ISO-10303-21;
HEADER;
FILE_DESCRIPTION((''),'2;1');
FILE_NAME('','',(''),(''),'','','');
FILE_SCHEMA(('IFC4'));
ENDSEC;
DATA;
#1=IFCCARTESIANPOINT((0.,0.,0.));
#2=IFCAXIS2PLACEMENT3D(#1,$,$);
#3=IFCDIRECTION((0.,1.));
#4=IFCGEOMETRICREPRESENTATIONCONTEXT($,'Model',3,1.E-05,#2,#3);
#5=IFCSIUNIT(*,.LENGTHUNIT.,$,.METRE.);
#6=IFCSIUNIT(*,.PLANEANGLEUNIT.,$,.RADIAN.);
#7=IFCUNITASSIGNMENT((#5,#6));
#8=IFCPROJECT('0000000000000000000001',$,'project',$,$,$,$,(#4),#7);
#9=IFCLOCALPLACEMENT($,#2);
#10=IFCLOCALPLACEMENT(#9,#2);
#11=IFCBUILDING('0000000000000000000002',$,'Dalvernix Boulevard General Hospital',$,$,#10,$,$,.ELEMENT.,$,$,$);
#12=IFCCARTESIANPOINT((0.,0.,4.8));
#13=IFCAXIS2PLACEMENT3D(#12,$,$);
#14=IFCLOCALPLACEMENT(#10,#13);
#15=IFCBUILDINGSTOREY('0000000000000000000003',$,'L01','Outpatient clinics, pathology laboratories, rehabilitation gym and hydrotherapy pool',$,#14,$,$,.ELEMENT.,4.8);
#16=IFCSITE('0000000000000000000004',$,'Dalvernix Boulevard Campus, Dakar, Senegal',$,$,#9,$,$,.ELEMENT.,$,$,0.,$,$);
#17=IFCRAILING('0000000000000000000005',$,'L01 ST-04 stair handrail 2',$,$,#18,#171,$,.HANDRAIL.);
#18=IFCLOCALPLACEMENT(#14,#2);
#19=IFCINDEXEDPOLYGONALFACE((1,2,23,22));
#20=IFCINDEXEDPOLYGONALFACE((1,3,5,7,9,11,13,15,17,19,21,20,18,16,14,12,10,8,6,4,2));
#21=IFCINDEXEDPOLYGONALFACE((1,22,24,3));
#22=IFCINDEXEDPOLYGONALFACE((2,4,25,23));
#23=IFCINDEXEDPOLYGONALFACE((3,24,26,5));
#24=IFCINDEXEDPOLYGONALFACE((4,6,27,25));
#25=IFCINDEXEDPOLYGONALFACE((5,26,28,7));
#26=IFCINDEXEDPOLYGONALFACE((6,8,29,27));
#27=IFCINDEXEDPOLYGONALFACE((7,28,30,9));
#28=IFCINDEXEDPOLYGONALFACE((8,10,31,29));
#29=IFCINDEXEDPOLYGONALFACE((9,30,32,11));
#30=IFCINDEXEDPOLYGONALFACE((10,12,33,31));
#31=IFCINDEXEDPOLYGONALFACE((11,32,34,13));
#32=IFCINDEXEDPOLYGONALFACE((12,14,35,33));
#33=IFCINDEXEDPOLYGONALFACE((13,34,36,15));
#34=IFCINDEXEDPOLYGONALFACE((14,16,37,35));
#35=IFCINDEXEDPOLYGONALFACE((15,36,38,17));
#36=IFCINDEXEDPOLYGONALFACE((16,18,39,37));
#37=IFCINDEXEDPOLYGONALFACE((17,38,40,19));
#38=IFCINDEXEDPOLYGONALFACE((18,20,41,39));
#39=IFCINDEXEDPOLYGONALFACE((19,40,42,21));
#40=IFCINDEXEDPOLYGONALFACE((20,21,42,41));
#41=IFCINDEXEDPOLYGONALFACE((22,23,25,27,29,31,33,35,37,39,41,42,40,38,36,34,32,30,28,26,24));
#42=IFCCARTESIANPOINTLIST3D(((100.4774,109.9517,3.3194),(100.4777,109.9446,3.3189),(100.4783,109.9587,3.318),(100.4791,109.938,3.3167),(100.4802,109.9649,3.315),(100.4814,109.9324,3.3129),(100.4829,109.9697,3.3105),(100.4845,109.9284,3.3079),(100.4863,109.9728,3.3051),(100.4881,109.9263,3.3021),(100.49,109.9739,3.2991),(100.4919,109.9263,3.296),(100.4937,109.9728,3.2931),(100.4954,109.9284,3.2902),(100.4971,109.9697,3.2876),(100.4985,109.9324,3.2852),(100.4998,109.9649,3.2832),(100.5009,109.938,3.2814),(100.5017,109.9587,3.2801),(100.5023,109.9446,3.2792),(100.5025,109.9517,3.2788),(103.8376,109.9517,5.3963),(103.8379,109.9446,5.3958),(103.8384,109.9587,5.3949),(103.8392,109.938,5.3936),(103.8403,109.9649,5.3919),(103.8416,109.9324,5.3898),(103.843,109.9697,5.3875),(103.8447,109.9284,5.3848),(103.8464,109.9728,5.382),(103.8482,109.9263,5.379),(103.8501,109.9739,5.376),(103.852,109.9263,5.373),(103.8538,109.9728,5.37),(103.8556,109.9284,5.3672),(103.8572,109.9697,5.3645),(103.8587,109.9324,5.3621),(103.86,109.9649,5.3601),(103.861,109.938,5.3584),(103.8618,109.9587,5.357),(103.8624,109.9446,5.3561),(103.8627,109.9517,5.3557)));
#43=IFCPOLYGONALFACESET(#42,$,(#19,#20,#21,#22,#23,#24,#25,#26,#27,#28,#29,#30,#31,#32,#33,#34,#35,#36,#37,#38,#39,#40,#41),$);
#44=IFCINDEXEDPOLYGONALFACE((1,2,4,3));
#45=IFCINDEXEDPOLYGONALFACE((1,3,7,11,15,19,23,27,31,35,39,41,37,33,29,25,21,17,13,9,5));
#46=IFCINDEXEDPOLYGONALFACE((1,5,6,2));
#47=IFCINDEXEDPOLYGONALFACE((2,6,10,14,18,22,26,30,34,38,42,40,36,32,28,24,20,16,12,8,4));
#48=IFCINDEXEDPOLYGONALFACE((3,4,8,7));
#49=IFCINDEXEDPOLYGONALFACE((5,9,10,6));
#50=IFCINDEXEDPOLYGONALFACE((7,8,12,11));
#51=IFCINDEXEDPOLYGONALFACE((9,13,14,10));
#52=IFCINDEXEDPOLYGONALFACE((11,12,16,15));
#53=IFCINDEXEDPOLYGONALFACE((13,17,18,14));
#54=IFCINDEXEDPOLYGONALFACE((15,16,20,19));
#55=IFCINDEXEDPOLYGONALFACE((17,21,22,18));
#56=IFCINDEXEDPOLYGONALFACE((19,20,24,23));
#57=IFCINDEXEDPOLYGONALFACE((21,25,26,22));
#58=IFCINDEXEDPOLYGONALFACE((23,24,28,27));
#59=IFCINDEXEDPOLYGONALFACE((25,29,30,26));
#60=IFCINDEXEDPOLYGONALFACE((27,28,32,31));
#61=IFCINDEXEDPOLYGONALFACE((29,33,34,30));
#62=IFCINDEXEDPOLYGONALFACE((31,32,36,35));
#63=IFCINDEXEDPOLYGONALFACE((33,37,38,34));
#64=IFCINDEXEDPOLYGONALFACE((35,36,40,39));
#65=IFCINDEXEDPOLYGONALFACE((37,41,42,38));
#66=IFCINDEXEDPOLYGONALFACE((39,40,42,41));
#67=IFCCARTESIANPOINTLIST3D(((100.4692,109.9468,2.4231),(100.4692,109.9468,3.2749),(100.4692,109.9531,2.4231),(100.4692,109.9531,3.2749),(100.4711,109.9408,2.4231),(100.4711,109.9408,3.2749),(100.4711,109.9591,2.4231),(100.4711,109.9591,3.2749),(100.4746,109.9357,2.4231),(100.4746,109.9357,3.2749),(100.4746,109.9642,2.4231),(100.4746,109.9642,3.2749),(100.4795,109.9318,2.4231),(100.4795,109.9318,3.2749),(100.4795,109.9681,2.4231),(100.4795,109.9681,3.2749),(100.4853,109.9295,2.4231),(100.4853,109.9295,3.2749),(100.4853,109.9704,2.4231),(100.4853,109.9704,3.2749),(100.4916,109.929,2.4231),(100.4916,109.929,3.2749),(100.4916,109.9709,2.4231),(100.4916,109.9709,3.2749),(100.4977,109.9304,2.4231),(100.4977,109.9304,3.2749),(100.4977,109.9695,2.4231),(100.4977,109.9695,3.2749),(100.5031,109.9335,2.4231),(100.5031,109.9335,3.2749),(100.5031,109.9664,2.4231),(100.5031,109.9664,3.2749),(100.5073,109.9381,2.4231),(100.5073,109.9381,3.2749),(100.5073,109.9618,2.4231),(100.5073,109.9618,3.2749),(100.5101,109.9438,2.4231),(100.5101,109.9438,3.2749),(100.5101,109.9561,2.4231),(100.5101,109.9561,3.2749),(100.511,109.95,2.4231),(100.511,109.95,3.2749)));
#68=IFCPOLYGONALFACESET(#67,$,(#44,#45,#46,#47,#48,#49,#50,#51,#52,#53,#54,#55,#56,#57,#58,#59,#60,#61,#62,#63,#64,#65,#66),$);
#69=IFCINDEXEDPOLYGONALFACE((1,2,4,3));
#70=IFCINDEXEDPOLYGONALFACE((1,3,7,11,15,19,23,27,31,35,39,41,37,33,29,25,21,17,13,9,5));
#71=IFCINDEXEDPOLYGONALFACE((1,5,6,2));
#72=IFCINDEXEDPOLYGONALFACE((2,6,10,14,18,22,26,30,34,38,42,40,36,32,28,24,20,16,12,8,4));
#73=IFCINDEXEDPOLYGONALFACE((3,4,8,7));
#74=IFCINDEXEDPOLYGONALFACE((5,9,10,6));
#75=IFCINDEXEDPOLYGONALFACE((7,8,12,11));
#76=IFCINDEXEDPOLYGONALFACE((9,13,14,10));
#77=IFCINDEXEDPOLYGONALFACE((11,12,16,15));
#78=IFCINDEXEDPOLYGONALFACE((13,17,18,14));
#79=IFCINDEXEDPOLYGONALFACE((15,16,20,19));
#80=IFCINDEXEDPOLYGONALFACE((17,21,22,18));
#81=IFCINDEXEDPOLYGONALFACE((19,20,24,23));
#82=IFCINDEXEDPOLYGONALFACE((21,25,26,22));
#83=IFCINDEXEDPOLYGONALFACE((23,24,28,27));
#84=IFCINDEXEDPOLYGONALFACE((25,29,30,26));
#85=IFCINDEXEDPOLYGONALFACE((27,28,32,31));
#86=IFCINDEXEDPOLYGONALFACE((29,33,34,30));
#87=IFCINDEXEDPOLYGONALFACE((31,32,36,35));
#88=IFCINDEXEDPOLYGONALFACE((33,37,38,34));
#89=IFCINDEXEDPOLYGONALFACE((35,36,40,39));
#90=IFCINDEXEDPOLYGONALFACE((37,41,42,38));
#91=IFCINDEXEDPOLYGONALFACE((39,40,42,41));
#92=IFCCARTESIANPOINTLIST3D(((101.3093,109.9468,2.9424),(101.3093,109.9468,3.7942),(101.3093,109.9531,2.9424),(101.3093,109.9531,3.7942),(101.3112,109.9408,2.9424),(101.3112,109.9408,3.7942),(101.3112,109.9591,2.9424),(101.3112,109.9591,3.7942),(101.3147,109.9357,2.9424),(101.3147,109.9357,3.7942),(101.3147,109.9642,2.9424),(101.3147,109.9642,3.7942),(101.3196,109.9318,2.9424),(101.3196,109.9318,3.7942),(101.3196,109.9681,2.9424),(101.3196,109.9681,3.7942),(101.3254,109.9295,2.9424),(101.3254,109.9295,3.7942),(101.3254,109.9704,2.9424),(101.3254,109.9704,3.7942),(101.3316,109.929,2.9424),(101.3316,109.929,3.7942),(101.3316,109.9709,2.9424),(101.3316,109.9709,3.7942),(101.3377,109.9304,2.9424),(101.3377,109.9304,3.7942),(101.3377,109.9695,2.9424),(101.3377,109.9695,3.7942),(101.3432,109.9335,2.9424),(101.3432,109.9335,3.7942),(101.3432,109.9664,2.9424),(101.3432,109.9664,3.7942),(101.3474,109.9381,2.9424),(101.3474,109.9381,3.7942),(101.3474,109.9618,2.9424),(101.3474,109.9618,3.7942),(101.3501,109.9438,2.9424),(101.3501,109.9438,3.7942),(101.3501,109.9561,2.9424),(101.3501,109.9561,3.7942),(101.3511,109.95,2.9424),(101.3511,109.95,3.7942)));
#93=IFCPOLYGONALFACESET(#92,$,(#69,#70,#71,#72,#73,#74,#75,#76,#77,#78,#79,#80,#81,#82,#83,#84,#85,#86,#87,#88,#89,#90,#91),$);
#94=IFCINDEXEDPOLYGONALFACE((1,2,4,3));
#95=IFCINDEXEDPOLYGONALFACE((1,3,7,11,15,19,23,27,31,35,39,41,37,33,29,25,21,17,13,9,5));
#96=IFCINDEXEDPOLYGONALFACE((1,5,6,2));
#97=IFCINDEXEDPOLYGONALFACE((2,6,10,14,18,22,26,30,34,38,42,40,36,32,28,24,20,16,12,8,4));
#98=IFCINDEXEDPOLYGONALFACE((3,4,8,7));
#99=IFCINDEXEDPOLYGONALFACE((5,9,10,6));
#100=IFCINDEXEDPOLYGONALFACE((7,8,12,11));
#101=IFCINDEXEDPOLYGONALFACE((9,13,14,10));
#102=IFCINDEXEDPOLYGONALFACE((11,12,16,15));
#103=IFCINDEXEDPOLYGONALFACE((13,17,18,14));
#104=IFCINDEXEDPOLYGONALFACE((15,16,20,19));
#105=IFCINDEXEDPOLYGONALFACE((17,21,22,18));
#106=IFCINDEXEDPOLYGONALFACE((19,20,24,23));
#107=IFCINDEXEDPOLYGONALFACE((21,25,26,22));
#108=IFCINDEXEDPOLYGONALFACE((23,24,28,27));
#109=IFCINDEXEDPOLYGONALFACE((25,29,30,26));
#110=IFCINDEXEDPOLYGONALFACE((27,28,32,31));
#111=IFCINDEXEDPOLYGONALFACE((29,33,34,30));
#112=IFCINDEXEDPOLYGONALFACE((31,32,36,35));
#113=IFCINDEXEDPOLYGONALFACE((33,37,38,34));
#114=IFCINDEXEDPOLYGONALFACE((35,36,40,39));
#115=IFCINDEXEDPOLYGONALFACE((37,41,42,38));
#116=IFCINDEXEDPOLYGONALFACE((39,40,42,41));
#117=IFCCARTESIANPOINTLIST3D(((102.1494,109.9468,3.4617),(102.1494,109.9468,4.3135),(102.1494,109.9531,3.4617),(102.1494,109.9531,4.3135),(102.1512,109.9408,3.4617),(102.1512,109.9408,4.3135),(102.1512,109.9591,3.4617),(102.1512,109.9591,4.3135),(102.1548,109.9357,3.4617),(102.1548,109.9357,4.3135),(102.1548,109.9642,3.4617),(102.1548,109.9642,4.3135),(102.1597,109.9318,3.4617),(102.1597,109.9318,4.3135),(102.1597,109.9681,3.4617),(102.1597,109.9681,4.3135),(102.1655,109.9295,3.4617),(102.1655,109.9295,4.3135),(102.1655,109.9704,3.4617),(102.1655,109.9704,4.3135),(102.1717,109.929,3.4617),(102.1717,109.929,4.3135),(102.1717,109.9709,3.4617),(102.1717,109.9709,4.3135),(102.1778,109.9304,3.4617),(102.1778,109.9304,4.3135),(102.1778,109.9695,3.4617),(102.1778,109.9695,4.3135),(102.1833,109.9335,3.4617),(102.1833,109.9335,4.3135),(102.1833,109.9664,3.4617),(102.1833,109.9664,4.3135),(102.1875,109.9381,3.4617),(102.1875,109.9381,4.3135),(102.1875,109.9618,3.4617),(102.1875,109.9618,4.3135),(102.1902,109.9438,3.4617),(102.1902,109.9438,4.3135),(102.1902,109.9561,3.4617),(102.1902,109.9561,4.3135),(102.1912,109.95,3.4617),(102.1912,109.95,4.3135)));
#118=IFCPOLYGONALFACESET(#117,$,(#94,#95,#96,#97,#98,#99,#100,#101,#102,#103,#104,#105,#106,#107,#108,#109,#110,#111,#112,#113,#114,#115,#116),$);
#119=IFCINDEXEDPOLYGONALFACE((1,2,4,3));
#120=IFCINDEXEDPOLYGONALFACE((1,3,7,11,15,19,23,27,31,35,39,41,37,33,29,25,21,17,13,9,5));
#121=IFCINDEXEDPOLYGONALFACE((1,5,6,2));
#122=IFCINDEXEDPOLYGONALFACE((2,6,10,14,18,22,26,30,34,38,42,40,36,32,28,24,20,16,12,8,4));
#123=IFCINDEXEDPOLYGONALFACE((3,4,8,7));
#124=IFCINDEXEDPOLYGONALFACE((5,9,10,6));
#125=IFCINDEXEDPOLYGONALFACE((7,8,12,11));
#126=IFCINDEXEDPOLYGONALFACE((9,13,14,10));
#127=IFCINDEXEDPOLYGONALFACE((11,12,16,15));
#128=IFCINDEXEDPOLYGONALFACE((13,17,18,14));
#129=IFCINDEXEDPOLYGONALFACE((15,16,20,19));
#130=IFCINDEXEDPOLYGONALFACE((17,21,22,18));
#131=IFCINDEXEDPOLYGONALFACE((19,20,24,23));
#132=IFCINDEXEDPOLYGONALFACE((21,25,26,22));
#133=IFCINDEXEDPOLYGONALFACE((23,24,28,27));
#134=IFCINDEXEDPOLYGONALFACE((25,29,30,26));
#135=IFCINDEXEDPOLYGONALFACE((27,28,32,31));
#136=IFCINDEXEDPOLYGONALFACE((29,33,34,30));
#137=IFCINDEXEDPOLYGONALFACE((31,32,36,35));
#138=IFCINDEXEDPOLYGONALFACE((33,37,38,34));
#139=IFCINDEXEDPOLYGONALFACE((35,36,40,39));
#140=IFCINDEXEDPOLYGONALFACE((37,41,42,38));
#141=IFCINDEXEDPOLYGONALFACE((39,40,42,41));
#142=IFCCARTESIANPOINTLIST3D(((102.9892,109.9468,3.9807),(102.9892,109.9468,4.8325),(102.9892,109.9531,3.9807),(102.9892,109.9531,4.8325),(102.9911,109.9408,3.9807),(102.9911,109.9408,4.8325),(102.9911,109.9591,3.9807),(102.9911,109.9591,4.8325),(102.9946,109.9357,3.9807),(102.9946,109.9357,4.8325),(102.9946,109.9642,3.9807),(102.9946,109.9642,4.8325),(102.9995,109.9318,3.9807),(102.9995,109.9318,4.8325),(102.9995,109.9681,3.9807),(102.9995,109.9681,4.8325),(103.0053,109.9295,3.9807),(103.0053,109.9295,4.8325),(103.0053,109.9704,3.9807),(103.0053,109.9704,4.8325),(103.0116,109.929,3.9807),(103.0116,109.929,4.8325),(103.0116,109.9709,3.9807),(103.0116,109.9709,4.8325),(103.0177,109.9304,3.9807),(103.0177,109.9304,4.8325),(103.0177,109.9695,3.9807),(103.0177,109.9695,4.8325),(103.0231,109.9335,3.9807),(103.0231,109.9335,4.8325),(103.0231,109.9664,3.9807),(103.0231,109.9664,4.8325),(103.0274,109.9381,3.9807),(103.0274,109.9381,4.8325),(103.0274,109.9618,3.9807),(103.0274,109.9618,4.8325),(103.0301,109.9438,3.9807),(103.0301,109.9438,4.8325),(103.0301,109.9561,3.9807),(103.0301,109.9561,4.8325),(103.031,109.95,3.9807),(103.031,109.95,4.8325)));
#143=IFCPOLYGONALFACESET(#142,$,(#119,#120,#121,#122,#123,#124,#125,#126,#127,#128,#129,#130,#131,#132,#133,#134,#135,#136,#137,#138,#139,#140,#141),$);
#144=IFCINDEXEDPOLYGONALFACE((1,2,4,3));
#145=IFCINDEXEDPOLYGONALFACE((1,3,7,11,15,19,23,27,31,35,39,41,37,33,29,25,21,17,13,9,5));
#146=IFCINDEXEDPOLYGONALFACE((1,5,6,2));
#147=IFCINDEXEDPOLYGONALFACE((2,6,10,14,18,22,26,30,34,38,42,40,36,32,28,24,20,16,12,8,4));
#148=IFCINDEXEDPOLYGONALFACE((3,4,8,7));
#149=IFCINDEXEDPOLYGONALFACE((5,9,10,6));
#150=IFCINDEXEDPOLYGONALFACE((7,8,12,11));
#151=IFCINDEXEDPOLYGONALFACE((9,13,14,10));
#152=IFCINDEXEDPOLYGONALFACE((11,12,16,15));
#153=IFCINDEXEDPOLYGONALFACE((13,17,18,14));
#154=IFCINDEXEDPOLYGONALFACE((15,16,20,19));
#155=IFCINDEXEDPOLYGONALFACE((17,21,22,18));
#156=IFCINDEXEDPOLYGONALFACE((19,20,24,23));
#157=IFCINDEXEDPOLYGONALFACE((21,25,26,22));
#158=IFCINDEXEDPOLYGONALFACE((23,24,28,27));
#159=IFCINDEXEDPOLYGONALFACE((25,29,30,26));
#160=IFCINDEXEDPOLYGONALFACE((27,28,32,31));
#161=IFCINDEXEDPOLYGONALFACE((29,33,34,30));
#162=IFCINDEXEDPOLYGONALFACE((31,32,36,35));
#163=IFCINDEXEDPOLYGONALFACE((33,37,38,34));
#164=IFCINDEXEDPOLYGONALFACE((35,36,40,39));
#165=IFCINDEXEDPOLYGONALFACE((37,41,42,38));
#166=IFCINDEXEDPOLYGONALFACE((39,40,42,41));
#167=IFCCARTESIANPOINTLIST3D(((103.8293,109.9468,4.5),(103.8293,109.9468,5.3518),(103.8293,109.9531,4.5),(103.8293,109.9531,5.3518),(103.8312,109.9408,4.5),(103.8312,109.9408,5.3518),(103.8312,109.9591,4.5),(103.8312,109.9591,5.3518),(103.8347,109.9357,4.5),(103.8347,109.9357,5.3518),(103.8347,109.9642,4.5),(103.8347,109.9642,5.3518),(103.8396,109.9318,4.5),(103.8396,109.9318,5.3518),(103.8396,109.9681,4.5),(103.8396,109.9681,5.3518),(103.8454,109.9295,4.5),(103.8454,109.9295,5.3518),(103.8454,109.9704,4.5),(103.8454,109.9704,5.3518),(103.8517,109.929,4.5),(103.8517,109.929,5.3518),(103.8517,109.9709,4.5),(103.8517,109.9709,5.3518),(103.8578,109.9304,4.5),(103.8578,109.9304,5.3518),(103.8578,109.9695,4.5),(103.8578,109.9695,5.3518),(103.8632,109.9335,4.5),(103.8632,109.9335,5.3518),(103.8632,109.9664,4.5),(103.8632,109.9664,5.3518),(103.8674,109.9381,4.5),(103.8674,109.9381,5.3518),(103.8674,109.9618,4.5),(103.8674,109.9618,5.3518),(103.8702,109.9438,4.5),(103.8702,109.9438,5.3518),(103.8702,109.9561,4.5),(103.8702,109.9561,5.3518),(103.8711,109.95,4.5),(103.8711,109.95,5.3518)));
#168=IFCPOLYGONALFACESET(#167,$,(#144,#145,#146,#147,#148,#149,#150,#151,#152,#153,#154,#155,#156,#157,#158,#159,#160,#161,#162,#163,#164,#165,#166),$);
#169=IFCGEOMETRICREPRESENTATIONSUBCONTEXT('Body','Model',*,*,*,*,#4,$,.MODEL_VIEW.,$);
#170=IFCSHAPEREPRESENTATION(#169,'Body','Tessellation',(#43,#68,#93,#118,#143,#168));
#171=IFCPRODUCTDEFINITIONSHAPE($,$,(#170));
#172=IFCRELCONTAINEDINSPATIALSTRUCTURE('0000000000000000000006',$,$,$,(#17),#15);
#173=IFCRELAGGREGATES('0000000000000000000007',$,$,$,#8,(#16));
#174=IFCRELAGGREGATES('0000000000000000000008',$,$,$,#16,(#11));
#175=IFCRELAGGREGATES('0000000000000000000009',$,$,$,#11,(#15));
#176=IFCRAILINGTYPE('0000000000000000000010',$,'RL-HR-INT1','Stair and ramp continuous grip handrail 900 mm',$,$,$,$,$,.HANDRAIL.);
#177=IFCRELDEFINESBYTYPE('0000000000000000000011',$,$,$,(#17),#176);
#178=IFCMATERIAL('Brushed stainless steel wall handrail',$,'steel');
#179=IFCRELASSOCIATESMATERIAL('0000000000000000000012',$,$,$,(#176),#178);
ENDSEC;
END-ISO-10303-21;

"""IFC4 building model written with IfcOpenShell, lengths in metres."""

from ifc_helpers import new_model, si_unit, direction, frame, origin, origin_2d, place, context, subcontext, project, spatial, circle, extrude, material, type_object, element, save


model = new_model("IFC4")

# Units and contexts
model_context = context("Model", 3, precision=1e-05, world=origin(), true_north=direction((0.0, 1.0)))
body_context = subcontext(model_context, "Body", "Model", "MODEL_VIEW")
ifc_project = project(units=[si_unit("LENGTHUNIT", "METRE"), si_unit("PLANEANGLEUNIT", "RADIAN")], contexts=[model_context])

# Site, building, storey
site_placement = place(None, origin())
site = spatial("IfcSite", under=ifc_project, at=site_placement, Name="Dalvernix Boulevard Campus, Dakar, Senegal", CompositionType="ELEMENT", RefElevation=0.0)
building_placement = place(site_placement, origin())
building = spatial("IfcBuilding", under=site, at=building_placement, Name="Dalvernix Boulevard General Hospital", CompositionType="ELEMENT")
storey_placement = place(building_placement, frame((0.0, 0.0, 4.8)))
storey = spatial("IfcBuildingStorey", under=building, at=storey_placement, Name="L01", Description="Outpatient clinics, pathology laboratories, rehabilitation gym and hydrotherapy pool", CompositionType="ELEMENT", Elevation=4.8)

# Railing
ifc_material_1 = material(Name="Brushed stainless steel wall handrail", Category="steel")
railing_type = type_object("IfcRailingType", Name="RL-HR-INT1", Description="Stair and ramp continuous grip handrail 900 mm", PredefinedType="HANDRAIL", material=ifc_material_1)
railing_placement = place(storey_placement, frame((100.49, 109.95, 2.4231)))
element("IfcRailing", 1, at=railing_placement, inside=storey, type_object=railing_type, Name="L01 ST-04 stair handrail 2", PredefinedType="HANDRAIL", context=body_context, shape_type="SweptSolid", body=[
    extrude(circle(Radius=0.0239, at=origin_2d()), frame((0.0, 0.0, 0.876), z_axis=(0.850623, 0.0, 0.525776), x_axis=(0.0, 1.0, 0.0)), (0.0, 0.0, 1.0), 3.9502),
    extrude(circle(Radius=0.021, at=origin_2d()), origin(), (0.0, 0.0, 1.0), 0.8518),
    extrude(circle(Radius=0.021, at=origin_2d()), frame((0.8401, 0.0, 0.5193)), (0.0, 0.0, 1.0), 0.8518),
    extrude(circle(Radius=0.021, at=origin_2d()), frame((1.6802, 0.0, 1.0386)), (0.0, 0.0, 1.0), 0.8518),
    extrude(circle(Radius=0.021, at=origin_2d()), frame((2.52, 0.0, 1.5576)), (0.0, 0.0, 1.0), 0.8518),
    extrude(circle(Radius=0.021, at=origin_2d()), frame((3.3601, 0.0, 2.0769)), (0.0, 0.0, 1.0), 0.8518),
])

save(model, "model.ifc")
